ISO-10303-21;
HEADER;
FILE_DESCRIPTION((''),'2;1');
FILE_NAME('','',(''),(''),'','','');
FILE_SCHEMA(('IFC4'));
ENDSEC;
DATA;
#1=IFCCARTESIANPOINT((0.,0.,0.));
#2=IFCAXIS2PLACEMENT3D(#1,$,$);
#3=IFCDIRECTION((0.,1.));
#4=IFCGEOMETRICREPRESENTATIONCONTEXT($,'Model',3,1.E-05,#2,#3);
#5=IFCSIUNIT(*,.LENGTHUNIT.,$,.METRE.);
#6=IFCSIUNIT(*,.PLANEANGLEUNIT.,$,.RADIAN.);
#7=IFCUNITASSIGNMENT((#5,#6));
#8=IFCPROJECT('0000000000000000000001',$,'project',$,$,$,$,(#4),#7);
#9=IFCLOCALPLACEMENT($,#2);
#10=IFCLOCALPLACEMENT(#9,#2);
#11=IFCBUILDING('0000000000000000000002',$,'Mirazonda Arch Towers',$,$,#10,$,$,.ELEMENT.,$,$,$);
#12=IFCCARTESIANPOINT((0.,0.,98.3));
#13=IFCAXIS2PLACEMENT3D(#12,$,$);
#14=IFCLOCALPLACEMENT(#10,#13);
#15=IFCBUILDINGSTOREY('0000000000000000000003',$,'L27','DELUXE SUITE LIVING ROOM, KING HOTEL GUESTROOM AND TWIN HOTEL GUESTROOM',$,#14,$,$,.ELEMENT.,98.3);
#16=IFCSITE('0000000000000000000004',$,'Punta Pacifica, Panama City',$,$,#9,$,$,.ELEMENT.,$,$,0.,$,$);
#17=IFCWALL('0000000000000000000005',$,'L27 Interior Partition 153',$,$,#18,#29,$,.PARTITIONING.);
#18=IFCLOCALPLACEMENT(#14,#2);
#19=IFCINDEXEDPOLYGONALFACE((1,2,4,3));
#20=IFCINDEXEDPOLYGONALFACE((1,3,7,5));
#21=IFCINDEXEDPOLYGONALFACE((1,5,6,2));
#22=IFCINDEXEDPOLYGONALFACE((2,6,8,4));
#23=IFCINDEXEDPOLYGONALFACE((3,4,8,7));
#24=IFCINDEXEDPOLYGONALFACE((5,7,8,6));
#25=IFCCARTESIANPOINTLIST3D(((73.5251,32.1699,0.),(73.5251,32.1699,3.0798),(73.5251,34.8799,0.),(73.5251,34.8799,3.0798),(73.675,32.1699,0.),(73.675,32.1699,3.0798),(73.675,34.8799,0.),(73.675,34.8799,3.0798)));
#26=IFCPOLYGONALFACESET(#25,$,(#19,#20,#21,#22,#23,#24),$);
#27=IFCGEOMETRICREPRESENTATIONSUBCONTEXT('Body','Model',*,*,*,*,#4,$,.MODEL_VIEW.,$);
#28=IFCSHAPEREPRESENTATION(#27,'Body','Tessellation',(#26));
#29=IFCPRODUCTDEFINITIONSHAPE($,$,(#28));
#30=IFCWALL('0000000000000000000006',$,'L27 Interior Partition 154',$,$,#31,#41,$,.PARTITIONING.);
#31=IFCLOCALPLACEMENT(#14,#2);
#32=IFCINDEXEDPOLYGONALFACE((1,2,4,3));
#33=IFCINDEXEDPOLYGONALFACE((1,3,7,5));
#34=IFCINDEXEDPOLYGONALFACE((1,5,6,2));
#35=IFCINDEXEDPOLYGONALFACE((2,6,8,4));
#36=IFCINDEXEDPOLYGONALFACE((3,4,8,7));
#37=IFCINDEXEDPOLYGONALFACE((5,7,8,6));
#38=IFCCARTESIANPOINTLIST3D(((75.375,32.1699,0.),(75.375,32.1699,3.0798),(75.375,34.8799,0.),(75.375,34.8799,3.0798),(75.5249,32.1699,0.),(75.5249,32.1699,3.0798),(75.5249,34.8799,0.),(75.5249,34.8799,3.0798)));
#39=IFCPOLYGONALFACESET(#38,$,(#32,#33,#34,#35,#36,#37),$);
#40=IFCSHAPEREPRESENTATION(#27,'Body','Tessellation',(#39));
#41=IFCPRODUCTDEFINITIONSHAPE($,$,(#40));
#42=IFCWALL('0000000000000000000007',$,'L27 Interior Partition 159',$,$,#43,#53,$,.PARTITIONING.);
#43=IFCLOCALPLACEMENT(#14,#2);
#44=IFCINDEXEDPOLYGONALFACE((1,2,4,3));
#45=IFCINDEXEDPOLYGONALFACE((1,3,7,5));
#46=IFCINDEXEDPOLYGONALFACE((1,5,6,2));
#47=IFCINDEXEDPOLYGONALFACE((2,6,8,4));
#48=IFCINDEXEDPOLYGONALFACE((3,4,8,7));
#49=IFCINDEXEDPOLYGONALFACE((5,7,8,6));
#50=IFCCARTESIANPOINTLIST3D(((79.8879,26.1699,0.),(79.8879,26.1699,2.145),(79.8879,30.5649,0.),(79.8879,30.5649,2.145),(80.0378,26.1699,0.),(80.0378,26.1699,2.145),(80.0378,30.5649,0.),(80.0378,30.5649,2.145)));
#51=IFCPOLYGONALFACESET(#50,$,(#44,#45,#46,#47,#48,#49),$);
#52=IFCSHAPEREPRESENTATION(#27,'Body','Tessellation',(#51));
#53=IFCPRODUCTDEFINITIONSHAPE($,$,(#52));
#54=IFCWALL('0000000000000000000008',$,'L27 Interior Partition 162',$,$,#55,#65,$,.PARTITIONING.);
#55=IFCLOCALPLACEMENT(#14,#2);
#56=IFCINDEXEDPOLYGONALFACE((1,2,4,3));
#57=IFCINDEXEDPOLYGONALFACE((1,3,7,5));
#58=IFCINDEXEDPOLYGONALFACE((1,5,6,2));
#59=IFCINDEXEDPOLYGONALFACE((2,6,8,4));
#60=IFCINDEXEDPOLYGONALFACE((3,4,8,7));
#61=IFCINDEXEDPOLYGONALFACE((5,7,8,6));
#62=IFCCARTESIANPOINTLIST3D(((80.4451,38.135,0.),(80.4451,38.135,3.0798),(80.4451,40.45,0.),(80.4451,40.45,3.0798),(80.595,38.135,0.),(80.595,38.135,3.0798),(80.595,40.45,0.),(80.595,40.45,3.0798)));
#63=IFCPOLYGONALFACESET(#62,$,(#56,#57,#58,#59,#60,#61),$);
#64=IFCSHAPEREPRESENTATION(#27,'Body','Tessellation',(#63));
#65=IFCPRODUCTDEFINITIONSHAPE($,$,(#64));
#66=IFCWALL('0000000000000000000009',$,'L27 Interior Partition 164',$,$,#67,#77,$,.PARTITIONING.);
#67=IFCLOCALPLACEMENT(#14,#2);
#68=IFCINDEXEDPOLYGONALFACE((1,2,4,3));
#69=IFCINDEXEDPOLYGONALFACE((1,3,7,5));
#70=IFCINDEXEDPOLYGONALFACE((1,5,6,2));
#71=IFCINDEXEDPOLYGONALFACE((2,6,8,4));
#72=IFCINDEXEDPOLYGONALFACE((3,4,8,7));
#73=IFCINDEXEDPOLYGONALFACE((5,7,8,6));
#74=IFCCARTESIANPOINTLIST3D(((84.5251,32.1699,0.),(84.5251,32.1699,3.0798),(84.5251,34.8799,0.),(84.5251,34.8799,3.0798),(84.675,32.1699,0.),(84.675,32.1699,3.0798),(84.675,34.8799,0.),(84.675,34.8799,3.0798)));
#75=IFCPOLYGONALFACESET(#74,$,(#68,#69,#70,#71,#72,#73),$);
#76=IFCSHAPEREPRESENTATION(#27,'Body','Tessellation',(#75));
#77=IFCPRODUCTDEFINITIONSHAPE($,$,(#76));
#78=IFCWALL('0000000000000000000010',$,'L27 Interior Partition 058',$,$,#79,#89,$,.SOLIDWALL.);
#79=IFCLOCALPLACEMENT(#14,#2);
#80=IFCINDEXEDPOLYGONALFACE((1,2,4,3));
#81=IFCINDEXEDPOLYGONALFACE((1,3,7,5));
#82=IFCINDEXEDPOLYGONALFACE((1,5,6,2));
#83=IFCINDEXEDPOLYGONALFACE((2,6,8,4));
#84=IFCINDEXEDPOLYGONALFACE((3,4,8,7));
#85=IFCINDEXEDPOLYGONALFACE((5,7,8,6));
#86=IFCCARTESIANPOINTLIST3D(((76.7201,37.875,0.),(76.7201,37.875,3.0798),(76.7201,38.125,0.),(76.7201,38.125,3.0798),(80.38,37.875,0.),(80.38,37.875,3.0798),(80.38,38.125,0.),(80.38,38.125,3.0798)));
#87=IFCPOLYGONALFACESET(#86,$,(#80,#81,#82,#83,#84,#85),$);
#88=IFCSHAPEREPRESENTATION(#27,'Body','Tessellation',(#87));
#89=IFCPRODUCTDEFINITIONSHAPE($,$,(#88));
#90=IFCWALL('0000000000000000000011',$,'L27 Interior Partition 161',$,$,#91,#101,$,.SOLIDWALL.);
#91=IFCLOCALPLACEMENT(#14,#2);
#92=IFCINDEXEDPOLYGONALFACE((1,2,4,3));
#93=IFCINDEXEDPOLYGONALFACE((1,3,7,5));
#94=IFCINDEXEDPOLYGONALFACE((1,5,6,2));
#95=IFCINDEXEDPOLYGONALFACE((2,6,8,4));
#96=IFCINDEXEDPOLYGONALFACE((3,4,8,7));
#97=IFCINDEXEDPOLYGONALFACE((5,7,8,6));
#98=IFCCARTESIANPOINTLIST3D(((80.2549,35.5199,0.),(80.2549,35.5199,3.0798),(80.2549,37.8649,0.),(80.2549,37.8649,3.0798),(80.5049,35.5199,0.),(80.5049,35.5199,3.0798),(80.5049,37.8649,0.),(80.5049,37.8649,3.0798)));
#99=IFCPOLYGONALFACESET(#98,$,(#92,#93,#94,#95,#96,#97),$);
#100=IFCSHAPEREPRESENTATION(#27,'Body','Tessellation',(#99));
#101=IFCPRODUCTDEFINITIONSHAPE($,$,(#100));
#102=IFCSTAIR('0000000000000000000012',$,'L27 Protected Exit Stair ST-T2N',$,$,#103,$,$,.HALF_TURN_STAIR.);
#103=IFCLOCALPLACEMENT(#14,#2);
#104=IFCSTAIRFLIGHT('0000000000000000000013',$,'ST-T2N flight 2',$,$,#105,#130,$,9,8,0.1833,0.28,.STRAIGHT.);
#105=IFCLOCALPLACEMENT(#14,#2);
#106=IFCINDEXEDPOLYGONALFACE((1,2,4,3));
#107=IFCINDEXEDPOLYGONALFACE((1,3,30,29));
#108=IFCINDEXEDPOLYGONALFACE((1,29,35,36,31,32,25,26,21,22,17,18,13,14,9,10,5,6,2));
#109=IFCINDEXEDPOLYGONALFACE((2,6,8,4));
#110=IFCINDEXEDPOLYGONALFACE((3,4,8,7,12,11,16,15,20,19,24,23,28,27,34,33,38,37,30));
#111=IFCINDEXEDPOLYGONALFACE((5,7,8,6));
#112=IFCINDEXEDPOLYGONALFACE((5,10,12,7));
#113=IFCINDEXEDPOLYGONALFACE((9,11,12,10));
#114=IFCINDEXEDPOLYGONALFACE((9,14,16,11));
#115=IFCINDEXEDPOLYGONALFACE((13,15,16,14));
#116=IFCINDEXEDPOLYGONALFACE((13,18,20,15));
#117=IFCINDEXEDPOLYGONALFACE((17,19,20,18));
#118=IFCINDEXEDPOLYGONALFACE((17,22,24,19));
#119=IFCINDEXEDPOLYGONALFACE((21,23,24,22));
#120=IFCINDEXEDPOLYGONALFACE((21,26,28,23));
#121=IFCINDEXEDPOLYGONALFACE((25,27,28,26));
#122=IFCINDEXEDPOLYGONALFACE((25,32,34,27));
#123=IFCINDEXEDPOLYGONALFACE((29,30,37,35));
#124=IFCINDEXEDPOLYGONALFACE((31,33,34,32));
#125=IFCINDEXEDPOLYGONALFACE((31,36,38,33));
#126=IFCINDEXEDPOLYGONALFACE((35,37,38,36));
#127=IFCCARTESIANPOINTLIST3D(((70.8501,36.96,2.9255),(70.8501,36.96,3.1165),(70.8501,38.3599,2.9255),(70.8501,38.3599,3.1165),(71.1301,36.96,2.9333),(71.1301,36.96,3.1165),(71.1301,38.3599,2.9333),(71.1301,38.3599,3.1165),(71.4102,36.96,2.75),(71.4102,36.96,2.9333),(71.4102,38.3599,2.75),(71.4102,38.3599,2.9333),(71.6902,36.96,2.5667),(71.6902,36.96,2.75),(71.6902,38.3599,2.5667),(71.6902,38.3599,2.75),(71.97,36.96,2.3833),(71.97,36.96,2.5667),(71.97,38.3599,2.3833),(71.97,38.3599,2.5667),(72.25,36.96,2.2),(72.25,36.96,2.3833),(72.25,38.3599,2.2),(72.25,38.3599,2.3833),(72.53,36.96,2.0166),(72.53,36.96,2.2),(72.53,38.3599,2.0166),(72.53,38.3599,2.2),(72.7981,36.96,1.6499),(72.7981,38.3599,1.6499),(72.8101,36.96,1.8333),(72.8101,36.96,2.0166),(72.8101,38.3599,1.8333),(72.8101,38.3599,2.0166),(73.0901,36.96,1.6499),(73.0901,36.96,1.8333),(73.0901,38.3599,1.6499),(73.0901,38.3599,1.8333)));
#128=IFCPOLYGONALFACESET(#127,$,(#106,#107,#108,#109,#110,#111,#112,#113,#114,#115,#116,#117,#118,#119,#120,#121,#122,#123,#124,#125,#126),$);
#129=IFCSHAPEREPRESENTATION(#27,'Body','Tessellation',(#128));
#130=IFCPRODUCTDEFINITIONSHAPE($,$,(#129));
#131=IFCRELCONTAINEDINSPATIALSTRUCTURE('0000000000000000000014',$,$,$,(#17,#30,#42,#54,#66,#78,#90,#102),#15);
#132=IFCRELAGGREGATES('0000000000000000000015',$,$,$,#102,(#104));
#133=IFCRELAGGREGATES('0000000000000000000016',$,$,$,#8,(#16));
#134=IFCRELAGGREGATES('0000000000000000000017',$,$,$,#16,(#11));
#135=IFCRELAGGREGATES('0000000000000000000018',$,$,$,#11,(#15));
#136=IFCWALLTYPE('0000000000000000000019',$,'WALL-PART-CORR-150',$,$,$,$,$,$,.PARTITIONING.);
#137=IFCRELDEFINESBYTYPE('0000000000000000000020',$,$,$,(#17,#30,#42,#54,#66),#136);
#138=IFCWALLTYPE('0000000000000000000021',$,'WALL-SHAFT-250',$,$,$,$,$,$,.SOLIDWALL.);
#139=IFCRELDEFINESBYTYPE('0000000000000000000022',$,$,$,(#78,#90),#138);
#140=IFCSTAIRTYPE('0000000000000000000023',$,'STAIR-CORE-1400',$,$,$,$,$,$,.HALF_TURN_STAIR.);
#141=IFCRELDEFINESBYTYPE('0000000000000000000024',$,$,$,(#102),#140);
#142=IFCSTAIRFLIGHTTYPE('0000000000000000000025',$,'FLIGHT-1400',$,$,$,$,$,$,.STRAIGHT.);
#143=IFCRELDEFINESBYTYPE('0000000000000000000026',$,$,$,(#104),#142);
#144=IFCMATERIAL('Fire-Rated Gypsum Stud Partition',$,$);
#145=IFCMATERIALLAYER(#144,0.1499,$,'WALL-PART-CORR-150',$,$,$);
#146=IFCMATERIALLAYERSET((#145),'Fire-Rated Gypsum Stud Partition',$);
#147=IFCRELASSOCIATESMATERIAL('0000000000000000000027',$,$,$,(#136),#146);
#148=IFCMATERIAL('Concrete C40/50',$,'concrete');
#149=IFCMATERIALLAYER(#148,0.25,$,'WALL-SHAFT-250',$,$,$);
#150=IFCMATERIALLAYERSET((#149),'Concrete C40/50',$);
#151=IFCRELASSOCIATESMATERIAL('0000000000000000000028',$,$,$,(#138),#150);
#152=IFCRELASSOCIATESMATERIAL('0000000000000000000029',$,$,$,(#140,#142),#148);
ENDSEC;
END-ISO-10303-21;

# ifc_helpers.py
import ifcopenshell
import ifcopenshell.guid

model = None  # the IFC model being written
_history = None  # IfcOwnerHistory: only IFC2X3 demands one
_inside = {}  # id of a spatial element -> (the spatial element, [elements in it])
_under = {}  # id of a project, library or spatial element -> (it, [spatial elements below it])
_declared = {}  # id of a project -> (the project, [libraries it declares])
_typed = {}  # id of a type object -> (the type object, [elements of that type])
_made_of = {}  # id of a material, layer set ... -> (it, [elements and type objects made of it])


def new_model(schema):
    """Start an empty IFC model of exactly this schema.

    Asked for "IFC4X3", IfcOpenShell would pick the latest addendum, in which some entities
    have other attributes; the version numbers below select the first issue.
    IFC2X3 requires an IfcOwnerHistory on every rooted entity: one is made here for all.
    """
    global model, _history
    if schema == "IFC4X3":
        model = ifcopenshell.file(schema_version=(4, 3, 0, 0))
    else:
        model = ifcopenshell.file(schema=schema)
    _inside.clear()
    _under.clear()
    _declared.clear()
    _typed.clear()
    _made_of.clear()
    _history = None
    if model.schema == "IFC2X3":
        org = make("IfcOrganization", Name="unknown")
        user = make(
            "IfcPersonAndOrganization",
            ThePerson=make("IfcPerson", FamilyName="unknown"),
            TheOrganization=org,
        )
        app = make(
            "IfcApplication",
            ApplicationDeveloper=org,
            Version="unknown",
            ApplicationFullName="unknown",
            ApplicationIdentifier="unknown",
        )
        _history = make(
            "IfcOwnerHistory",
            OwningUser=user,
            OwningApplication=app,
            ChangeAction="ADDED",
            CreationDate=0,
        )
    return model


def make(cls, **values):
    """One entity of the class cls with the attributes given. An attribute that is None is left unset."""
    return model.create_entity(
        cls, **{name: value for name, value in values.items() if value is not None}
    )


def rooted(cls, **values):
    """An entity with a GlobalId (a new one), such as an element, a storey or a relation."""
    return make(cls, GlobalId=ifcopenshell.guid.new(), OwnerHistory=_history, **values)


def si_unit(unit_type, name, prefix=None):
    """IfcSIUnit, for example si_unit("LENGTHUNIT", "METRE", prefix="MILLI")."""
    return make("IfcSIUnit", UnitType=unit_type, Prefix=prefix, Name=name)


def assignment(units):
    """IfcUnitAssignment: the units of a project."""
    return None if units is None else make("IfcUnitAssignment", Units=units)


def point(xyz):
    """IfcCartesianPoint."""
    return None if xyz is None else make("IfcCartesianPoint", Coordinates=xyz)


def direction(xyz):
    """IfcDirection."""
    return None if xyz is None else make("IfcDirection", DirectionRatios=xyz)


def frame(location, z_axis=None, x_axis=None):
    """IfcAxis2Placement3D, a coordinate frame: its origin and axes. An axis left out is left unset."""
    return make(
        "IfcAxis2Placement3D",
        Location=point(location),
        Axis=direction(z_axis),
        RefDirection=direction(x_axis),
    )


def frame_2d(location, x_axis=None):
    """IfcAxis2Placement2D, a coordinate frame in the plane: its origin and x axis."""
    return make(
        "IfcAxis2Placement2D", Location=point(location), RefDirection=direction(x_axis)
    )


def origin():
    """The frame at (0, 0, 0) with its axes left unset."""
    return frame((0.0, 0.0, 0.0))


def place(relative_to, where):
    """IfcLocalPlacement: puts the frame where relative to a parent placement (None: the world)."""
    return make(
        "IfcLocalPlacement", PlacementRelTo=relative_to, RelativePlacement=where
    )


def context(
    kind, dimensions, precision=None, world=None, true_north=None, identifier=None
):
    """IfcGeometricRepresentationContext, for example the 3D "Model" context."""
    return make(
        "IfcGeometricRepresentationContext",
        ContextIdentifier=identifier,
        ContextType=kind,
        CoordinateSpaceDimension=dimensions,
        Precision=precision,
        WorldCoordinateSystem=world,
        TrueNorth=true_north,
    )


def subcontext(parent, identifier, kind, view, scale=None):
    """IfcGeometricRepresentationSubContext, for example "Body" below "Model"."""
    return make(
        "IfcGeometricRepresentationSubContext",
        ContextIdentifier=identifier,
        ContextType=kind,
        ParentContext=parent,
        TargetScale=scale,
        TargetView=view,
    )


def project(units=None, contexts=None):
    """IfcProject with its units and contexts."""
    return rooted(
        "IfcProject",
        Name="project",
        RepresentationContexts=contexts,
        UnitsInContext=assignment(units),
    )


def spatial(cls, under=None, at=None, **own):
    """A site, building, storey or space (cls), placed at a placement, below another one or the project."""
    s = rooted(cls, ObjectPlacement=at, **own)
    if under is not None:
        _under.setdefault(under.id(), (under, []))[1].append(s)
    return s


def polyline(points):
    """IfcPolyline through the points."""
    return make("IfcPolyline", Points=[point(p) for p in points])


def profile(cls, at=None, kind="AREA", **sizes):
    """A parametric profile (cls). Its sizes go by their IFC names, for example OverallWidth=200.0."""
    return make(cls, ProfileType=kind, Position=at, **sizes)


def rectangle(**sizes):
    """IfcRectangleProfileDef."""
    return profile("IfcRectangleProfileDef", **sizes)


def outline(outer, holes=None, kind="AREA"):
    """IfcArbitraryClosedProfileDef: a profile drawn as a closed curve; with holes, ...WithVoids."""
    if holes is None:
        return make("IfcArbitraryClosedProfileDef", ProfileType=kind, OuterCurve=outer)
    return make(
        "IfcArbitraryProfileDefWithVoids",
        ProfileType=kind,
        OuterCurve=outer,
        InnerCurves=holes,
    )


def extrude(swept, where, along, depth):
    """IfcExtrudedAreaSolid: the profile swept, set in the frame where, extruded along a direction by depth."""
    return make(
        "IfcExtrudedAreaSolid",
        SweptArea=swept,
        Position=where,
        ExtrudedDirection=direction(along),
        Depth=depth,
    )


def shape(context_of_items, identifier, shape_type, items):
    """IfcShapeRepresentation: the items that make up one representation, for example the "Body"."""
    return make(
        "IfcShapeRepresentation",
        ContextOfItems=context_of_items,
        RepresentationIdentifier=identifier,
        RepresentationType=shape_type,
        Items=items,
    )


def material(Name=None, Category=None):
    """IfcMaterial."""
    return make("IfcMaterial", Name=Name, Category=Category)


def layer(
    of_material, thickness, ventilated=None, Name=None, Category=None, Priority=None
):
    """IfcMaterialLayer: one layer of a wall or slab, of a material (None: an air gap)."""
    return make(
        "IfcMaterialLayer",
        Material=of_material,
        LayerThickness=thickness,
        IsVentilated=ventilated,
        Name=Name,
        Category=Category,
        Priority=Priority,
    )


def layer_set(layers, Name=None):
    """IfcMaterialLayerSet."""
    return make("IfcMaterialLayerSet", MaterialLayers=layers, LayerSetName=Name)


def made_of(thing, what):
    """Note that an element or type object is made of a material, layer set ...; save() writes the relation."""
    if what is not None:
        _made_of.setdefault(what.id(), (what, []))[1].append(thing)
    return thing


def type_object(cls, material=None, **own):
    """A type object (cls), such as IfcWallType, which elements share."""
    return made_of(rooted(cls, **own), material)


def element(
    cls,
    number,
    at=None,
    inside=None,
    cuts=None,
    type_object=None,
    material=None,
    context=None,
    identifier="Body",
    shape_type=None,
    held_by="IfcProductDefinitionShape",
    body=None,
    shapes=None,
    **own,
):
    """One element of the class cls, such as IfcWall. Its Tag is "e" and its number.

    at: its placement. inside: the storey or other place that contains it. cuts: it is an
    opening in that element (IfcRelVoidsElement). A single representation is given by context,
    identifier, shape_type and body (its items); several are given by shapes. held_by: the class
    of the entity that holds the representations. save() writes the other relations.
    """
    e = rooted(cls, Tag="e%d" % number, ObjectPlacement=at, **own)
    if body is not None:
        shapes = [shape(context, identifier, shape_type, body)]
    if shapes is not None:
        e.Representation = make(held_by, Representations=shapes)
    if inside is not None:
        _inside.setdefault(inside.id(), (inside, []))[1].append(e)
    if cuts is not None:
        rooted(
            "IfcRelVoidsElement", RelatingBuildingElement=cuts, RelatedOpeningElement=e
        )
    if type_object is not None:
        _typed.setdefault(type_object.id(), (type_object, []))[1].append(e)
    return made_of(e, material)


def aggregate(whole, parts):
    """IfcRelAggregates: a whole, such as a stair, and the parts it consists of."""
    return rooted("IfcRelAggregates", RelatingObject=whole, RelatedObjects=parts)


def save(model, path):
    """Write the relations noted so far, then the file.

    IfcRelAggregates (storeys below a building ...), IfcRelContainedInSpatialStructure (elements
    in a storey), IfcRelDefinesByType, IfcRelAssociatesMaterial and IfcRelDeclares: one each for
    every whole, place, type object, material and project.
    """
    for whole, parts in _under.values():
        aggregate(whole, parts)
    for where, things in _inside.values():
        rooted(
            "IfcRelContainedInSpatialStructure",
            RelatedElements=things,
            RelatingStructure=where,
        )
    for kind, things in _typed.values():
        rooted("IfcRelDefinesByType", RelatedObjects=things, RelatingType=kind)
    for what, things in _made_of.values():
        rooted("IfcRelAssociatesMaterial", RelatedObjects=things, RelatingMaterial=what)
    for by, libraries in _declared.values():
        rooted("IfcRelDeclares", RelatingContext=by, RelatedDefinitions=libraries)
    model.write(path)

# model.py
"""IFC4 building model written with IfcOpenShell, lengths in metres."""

from ifc_helpers import new_model, si_unit, direction, frame, frame_2d, origin, place, context, subcontext, project, spatial, polyline, rectangle, outline, extrude, material, layer, layer_set, type_object, element, aggregate, save


model = new_model("IFC4")

# Units and contexts
model_context = context("Model", 3, precision=1e-05, world=origin(), true_north=direction((0.0, 1.0)))
body_context = subcontext(model_context, "Body", "Model", "MODEL_VIEW")
ifc_project = project(units=[si_unit("LENGTHUNIT", "METRE"), si_unit("PLANEANGLEUNIT", "RADIAN")], contexts=[model_context])

# Site, building, storey
site_placement = place(None, origin())
site = spatial("IfcSite", under=ifc_project, at=site_placement, Name="Punta Pacifica, Panama City", CompositionType="ELEMENT", RefElevation=0.0)
building_placement = place(site_placement, origin())
building = spatial("IfcBuilding", under=site, at=building_placement, Name="Mirazonda Arch Towers", CompositionType="ELEMENT")
storey_placement = place(building_placement, frame((0.0, 0.0, 98.3)))
storey = spatial("IfcBuildingStorey", under=building, at=storey_placement, Name="L27", Description="DELUXE SUITE LIVING ROOM, KING HOTEL GUESTROOM AND TWIN HOTEL GUESTROOM", CompositionType="ELEMENT", Elevation=98.3)

# Shared definitions
ifc_material_1 = material(Name="Concrete C40/50", Category="concrete")

# Walls
ifc_material_2 = material(Name="Fire-Rated Gypsum Stud Partition")
ifc_layer_1 = layer(ifc_material_2, 0.1499, Name="WALL-PART-CORR-150")
ifc_layer_set_1 = layer_set([ifc_layer_1], Name="Fire-Rated Gypsum Stud Partition")
wall_type_1 = type_object("IfcWallType", Name="WALL-PART-CORR-150", PredefinedType="PARTITIONING", material=ifc_layer_set_1)
for number, where, z_axis, x_axis, name in (
    (1, (73.6001, 32.1699, 0.0), (0.0, 0.0, 1.0), (0.0, 1.0, 0.0), "L27 Interior Partition 153"),
    (2, (75.45, 32.1699, 0.0), (0.0, 0.0, 1.0), (0.0, 1.0, 0.0), "L27 Interior Partition 154"),
):
    element("IfcWall", number, at=place(storey_placement, frame(where, z_axis=z_axis, x_axis=x_axis)), inside=storey, type_object=wall_type_1, Name=name, PredefinedType="PARTITIONING", context=body_context, shape_type="SweptSolid", body=[
        extrude(rectangle(XDim=2.71, YDim=0.1499, at=frame_2d((1.355, 0.0))), origin(), (0.0, 0.0, 1.0), 3.0798),
    ])
wall_1_placement = place(storey_placement, frame((79.9629, 26.1699, 0.0), z_axis=(0.0, 0.0, 1.0), x_axis=(0.0, 1.0, 0.0)))
element("IfcWall", 3, at=wall_1_placement, inside=storey, type_object=wall_type_1, Name="L27 Interior Partition 159", PredefinedType="PARTITIONING", context=body_context, shape_type="SweptSolid", body=[
    extrude(rectangle(XDim=4.395, YDim=0.1499, at=frame_2d((2.1975, 0.0))), origin(), (0.0, 0.0, 1.0), 2.145),
])
wall_2_placement = place(storey_placement, frame((80.52, 38.135, 0.0), z_axis=(0.0, 0.0, 1.0), x_axis=(0.0, 1.0, 0.0)))
element("IfcWall", 4, at=wall_2_placement, inside=storey, type_object=wall_type_1, Name="L27 Interior Partition 162", PredefinedType="PARTITIONING", context=body_context, shape_type="SweptSolid", body=[
    extrude(rectangle(XDim=2.3149, YDim=0.1499, at=frame_2d((1.1575, 0.0))), origin(), (0.0, 0.0, 1.0), 3.0798),
])
wall_3_placement = place(storey_placement, frame((84.6001, 32.1699, 0.0), z_axis=(0.0, 0.0, 1.0), x_axis=(0.0, 1.0, 0.0)))
element("IfcWall", 5, at=wall_3_placement, inside=storey, type_object=wall_type_1, Name="L27 Interior Partition 164", PredefinedType="PARTITIONING", context=body_context, shape_type="SweptSolid", body=[
    extrude(rectangle(XDim=2.71, YDim=0.1499, at=frame_2d((1.355, 0.0))), origin(), (0.0, 0.0, 1.0), 3.0798),
])
ifc_layer_2 = layer(ifc_material_1, 0.25, Name="WALL-SHAFT-250")
ifc_layer_set_2 = layer_set([ifc_layer_2], Name="Concrete C40/50")
wall_type_2 = type_object("IfcWallType", Name="WALL-SHAFT-250", PredefinedType="SOLIDWALL", material=ifc_layer_set_2)
wall_4_placement = place(storey_placement, frame((76.72, 38.0, 0.0), z_axis=(0.0, 0.0, 1.0), x_axis=(1.0, 0.0, 0.0)))
element("IfcWall", 6, at=wall_4_placement, inside=storey, type_object=wall_type_2, Name="L27 Interior Partition 058", PredefinedType="SOLIDWALL", context=body_context, shape_type="SweptSolid", body=[
    extrude(rectangle(XDim=3.6599, YDim=0.25, at=frame_2d((1.8301, 0.0))), origin(), (0.0, 0.0, 1.0), 3.0798),
])
wall_5_placement = place(storey_placement, frame((80.3799, 35.52, 0.0), z_axis=(0.0, 0.0, 1.0), x_axis=(0.0, 1.0, 0.0)))
element("IfcWall", 7, at=wall_5_placement, inside=storey, type_object=wall_type_2, Name="L27 Interior Partition 161", PredefinedType="SOLIDWALL", context=body_context, shape_type="SweptSolid", body=[
    extrude(rectangle(XDim=2.345, YDim=0.25, at=frame_2d((1.1724, 0.0))), origin(), (0.0, 0.0, 1.0), 3.0798),
])

# Stair, stair flight
stair_type = type_object("IfcStairType", Name="STAIR-CORE-1400", PredefinedType="HALF_TURN_STAIR", material=ifc_material_1)
stair_placement = place(storey_placement, origin())
stair = element("IfcStair", 8, at=stair_placement, inside=storey, type_object=stair_type, Name="L27 Protected Exit Stair ST-T2N", PredefinedType="HALF_TURN_STAIR")
stair_flight_type = type_object("IfcStairFlightType", Name="FLIGHT-1400", PredefinedType="STRAIGHT", material=ifc_material_1)
stair_flight_placement = place(storey_placement, frame((73.0901, 37.6599, 1.6499), z_axis=(0.0, 0.0, 1.0), x_axis=(-1.0, 0.0, 0.0)))
stair_flight = element("IfcStairFlight", 9, at=stair_flight_placement, type_object=stair_flight_type, Name="ST-T2N flight 2", NumberOfRisers=9, NumberOfTreads=8, PredefinedType="STRAIGHT", RiserHeight=0.1833, TreadLength=0.28, context=body_context, shape_type="SweptSolid", body=[
    extrude(outline(polyline([(0.0, 0.0), (0.0, 0.1833), (0.28, 0.1833), (0.28, 0.3667), (0.5601, 0.3667), (0.5601, 0.55), (0.8401, 0.55), (0.8401, 0.7334), (1.1201, 0.7334), (1.1201, 0.9167), (1.3999, 0.9167), (1.3999, 1.1001), (1.6799, 1.1001), (1.6799, 1.2834), (1.96, 1.2834), (1.96, 1.4666), (2.24, 1.4666), (2.24, 1.6499), (2.24, 1.2756), (0.292, 0.0), (0.0, 0.0)])), frame((0.0, 0.7, 0.0), z_axis=(0.0, -1.0, 0.0), x_axis=(1.0, 0.0, 0.0)), (0.0, 0.0, 1.0), 1.3999),
])
aggregate(stair, [stair_flight])

save(model, "model.ifc")
